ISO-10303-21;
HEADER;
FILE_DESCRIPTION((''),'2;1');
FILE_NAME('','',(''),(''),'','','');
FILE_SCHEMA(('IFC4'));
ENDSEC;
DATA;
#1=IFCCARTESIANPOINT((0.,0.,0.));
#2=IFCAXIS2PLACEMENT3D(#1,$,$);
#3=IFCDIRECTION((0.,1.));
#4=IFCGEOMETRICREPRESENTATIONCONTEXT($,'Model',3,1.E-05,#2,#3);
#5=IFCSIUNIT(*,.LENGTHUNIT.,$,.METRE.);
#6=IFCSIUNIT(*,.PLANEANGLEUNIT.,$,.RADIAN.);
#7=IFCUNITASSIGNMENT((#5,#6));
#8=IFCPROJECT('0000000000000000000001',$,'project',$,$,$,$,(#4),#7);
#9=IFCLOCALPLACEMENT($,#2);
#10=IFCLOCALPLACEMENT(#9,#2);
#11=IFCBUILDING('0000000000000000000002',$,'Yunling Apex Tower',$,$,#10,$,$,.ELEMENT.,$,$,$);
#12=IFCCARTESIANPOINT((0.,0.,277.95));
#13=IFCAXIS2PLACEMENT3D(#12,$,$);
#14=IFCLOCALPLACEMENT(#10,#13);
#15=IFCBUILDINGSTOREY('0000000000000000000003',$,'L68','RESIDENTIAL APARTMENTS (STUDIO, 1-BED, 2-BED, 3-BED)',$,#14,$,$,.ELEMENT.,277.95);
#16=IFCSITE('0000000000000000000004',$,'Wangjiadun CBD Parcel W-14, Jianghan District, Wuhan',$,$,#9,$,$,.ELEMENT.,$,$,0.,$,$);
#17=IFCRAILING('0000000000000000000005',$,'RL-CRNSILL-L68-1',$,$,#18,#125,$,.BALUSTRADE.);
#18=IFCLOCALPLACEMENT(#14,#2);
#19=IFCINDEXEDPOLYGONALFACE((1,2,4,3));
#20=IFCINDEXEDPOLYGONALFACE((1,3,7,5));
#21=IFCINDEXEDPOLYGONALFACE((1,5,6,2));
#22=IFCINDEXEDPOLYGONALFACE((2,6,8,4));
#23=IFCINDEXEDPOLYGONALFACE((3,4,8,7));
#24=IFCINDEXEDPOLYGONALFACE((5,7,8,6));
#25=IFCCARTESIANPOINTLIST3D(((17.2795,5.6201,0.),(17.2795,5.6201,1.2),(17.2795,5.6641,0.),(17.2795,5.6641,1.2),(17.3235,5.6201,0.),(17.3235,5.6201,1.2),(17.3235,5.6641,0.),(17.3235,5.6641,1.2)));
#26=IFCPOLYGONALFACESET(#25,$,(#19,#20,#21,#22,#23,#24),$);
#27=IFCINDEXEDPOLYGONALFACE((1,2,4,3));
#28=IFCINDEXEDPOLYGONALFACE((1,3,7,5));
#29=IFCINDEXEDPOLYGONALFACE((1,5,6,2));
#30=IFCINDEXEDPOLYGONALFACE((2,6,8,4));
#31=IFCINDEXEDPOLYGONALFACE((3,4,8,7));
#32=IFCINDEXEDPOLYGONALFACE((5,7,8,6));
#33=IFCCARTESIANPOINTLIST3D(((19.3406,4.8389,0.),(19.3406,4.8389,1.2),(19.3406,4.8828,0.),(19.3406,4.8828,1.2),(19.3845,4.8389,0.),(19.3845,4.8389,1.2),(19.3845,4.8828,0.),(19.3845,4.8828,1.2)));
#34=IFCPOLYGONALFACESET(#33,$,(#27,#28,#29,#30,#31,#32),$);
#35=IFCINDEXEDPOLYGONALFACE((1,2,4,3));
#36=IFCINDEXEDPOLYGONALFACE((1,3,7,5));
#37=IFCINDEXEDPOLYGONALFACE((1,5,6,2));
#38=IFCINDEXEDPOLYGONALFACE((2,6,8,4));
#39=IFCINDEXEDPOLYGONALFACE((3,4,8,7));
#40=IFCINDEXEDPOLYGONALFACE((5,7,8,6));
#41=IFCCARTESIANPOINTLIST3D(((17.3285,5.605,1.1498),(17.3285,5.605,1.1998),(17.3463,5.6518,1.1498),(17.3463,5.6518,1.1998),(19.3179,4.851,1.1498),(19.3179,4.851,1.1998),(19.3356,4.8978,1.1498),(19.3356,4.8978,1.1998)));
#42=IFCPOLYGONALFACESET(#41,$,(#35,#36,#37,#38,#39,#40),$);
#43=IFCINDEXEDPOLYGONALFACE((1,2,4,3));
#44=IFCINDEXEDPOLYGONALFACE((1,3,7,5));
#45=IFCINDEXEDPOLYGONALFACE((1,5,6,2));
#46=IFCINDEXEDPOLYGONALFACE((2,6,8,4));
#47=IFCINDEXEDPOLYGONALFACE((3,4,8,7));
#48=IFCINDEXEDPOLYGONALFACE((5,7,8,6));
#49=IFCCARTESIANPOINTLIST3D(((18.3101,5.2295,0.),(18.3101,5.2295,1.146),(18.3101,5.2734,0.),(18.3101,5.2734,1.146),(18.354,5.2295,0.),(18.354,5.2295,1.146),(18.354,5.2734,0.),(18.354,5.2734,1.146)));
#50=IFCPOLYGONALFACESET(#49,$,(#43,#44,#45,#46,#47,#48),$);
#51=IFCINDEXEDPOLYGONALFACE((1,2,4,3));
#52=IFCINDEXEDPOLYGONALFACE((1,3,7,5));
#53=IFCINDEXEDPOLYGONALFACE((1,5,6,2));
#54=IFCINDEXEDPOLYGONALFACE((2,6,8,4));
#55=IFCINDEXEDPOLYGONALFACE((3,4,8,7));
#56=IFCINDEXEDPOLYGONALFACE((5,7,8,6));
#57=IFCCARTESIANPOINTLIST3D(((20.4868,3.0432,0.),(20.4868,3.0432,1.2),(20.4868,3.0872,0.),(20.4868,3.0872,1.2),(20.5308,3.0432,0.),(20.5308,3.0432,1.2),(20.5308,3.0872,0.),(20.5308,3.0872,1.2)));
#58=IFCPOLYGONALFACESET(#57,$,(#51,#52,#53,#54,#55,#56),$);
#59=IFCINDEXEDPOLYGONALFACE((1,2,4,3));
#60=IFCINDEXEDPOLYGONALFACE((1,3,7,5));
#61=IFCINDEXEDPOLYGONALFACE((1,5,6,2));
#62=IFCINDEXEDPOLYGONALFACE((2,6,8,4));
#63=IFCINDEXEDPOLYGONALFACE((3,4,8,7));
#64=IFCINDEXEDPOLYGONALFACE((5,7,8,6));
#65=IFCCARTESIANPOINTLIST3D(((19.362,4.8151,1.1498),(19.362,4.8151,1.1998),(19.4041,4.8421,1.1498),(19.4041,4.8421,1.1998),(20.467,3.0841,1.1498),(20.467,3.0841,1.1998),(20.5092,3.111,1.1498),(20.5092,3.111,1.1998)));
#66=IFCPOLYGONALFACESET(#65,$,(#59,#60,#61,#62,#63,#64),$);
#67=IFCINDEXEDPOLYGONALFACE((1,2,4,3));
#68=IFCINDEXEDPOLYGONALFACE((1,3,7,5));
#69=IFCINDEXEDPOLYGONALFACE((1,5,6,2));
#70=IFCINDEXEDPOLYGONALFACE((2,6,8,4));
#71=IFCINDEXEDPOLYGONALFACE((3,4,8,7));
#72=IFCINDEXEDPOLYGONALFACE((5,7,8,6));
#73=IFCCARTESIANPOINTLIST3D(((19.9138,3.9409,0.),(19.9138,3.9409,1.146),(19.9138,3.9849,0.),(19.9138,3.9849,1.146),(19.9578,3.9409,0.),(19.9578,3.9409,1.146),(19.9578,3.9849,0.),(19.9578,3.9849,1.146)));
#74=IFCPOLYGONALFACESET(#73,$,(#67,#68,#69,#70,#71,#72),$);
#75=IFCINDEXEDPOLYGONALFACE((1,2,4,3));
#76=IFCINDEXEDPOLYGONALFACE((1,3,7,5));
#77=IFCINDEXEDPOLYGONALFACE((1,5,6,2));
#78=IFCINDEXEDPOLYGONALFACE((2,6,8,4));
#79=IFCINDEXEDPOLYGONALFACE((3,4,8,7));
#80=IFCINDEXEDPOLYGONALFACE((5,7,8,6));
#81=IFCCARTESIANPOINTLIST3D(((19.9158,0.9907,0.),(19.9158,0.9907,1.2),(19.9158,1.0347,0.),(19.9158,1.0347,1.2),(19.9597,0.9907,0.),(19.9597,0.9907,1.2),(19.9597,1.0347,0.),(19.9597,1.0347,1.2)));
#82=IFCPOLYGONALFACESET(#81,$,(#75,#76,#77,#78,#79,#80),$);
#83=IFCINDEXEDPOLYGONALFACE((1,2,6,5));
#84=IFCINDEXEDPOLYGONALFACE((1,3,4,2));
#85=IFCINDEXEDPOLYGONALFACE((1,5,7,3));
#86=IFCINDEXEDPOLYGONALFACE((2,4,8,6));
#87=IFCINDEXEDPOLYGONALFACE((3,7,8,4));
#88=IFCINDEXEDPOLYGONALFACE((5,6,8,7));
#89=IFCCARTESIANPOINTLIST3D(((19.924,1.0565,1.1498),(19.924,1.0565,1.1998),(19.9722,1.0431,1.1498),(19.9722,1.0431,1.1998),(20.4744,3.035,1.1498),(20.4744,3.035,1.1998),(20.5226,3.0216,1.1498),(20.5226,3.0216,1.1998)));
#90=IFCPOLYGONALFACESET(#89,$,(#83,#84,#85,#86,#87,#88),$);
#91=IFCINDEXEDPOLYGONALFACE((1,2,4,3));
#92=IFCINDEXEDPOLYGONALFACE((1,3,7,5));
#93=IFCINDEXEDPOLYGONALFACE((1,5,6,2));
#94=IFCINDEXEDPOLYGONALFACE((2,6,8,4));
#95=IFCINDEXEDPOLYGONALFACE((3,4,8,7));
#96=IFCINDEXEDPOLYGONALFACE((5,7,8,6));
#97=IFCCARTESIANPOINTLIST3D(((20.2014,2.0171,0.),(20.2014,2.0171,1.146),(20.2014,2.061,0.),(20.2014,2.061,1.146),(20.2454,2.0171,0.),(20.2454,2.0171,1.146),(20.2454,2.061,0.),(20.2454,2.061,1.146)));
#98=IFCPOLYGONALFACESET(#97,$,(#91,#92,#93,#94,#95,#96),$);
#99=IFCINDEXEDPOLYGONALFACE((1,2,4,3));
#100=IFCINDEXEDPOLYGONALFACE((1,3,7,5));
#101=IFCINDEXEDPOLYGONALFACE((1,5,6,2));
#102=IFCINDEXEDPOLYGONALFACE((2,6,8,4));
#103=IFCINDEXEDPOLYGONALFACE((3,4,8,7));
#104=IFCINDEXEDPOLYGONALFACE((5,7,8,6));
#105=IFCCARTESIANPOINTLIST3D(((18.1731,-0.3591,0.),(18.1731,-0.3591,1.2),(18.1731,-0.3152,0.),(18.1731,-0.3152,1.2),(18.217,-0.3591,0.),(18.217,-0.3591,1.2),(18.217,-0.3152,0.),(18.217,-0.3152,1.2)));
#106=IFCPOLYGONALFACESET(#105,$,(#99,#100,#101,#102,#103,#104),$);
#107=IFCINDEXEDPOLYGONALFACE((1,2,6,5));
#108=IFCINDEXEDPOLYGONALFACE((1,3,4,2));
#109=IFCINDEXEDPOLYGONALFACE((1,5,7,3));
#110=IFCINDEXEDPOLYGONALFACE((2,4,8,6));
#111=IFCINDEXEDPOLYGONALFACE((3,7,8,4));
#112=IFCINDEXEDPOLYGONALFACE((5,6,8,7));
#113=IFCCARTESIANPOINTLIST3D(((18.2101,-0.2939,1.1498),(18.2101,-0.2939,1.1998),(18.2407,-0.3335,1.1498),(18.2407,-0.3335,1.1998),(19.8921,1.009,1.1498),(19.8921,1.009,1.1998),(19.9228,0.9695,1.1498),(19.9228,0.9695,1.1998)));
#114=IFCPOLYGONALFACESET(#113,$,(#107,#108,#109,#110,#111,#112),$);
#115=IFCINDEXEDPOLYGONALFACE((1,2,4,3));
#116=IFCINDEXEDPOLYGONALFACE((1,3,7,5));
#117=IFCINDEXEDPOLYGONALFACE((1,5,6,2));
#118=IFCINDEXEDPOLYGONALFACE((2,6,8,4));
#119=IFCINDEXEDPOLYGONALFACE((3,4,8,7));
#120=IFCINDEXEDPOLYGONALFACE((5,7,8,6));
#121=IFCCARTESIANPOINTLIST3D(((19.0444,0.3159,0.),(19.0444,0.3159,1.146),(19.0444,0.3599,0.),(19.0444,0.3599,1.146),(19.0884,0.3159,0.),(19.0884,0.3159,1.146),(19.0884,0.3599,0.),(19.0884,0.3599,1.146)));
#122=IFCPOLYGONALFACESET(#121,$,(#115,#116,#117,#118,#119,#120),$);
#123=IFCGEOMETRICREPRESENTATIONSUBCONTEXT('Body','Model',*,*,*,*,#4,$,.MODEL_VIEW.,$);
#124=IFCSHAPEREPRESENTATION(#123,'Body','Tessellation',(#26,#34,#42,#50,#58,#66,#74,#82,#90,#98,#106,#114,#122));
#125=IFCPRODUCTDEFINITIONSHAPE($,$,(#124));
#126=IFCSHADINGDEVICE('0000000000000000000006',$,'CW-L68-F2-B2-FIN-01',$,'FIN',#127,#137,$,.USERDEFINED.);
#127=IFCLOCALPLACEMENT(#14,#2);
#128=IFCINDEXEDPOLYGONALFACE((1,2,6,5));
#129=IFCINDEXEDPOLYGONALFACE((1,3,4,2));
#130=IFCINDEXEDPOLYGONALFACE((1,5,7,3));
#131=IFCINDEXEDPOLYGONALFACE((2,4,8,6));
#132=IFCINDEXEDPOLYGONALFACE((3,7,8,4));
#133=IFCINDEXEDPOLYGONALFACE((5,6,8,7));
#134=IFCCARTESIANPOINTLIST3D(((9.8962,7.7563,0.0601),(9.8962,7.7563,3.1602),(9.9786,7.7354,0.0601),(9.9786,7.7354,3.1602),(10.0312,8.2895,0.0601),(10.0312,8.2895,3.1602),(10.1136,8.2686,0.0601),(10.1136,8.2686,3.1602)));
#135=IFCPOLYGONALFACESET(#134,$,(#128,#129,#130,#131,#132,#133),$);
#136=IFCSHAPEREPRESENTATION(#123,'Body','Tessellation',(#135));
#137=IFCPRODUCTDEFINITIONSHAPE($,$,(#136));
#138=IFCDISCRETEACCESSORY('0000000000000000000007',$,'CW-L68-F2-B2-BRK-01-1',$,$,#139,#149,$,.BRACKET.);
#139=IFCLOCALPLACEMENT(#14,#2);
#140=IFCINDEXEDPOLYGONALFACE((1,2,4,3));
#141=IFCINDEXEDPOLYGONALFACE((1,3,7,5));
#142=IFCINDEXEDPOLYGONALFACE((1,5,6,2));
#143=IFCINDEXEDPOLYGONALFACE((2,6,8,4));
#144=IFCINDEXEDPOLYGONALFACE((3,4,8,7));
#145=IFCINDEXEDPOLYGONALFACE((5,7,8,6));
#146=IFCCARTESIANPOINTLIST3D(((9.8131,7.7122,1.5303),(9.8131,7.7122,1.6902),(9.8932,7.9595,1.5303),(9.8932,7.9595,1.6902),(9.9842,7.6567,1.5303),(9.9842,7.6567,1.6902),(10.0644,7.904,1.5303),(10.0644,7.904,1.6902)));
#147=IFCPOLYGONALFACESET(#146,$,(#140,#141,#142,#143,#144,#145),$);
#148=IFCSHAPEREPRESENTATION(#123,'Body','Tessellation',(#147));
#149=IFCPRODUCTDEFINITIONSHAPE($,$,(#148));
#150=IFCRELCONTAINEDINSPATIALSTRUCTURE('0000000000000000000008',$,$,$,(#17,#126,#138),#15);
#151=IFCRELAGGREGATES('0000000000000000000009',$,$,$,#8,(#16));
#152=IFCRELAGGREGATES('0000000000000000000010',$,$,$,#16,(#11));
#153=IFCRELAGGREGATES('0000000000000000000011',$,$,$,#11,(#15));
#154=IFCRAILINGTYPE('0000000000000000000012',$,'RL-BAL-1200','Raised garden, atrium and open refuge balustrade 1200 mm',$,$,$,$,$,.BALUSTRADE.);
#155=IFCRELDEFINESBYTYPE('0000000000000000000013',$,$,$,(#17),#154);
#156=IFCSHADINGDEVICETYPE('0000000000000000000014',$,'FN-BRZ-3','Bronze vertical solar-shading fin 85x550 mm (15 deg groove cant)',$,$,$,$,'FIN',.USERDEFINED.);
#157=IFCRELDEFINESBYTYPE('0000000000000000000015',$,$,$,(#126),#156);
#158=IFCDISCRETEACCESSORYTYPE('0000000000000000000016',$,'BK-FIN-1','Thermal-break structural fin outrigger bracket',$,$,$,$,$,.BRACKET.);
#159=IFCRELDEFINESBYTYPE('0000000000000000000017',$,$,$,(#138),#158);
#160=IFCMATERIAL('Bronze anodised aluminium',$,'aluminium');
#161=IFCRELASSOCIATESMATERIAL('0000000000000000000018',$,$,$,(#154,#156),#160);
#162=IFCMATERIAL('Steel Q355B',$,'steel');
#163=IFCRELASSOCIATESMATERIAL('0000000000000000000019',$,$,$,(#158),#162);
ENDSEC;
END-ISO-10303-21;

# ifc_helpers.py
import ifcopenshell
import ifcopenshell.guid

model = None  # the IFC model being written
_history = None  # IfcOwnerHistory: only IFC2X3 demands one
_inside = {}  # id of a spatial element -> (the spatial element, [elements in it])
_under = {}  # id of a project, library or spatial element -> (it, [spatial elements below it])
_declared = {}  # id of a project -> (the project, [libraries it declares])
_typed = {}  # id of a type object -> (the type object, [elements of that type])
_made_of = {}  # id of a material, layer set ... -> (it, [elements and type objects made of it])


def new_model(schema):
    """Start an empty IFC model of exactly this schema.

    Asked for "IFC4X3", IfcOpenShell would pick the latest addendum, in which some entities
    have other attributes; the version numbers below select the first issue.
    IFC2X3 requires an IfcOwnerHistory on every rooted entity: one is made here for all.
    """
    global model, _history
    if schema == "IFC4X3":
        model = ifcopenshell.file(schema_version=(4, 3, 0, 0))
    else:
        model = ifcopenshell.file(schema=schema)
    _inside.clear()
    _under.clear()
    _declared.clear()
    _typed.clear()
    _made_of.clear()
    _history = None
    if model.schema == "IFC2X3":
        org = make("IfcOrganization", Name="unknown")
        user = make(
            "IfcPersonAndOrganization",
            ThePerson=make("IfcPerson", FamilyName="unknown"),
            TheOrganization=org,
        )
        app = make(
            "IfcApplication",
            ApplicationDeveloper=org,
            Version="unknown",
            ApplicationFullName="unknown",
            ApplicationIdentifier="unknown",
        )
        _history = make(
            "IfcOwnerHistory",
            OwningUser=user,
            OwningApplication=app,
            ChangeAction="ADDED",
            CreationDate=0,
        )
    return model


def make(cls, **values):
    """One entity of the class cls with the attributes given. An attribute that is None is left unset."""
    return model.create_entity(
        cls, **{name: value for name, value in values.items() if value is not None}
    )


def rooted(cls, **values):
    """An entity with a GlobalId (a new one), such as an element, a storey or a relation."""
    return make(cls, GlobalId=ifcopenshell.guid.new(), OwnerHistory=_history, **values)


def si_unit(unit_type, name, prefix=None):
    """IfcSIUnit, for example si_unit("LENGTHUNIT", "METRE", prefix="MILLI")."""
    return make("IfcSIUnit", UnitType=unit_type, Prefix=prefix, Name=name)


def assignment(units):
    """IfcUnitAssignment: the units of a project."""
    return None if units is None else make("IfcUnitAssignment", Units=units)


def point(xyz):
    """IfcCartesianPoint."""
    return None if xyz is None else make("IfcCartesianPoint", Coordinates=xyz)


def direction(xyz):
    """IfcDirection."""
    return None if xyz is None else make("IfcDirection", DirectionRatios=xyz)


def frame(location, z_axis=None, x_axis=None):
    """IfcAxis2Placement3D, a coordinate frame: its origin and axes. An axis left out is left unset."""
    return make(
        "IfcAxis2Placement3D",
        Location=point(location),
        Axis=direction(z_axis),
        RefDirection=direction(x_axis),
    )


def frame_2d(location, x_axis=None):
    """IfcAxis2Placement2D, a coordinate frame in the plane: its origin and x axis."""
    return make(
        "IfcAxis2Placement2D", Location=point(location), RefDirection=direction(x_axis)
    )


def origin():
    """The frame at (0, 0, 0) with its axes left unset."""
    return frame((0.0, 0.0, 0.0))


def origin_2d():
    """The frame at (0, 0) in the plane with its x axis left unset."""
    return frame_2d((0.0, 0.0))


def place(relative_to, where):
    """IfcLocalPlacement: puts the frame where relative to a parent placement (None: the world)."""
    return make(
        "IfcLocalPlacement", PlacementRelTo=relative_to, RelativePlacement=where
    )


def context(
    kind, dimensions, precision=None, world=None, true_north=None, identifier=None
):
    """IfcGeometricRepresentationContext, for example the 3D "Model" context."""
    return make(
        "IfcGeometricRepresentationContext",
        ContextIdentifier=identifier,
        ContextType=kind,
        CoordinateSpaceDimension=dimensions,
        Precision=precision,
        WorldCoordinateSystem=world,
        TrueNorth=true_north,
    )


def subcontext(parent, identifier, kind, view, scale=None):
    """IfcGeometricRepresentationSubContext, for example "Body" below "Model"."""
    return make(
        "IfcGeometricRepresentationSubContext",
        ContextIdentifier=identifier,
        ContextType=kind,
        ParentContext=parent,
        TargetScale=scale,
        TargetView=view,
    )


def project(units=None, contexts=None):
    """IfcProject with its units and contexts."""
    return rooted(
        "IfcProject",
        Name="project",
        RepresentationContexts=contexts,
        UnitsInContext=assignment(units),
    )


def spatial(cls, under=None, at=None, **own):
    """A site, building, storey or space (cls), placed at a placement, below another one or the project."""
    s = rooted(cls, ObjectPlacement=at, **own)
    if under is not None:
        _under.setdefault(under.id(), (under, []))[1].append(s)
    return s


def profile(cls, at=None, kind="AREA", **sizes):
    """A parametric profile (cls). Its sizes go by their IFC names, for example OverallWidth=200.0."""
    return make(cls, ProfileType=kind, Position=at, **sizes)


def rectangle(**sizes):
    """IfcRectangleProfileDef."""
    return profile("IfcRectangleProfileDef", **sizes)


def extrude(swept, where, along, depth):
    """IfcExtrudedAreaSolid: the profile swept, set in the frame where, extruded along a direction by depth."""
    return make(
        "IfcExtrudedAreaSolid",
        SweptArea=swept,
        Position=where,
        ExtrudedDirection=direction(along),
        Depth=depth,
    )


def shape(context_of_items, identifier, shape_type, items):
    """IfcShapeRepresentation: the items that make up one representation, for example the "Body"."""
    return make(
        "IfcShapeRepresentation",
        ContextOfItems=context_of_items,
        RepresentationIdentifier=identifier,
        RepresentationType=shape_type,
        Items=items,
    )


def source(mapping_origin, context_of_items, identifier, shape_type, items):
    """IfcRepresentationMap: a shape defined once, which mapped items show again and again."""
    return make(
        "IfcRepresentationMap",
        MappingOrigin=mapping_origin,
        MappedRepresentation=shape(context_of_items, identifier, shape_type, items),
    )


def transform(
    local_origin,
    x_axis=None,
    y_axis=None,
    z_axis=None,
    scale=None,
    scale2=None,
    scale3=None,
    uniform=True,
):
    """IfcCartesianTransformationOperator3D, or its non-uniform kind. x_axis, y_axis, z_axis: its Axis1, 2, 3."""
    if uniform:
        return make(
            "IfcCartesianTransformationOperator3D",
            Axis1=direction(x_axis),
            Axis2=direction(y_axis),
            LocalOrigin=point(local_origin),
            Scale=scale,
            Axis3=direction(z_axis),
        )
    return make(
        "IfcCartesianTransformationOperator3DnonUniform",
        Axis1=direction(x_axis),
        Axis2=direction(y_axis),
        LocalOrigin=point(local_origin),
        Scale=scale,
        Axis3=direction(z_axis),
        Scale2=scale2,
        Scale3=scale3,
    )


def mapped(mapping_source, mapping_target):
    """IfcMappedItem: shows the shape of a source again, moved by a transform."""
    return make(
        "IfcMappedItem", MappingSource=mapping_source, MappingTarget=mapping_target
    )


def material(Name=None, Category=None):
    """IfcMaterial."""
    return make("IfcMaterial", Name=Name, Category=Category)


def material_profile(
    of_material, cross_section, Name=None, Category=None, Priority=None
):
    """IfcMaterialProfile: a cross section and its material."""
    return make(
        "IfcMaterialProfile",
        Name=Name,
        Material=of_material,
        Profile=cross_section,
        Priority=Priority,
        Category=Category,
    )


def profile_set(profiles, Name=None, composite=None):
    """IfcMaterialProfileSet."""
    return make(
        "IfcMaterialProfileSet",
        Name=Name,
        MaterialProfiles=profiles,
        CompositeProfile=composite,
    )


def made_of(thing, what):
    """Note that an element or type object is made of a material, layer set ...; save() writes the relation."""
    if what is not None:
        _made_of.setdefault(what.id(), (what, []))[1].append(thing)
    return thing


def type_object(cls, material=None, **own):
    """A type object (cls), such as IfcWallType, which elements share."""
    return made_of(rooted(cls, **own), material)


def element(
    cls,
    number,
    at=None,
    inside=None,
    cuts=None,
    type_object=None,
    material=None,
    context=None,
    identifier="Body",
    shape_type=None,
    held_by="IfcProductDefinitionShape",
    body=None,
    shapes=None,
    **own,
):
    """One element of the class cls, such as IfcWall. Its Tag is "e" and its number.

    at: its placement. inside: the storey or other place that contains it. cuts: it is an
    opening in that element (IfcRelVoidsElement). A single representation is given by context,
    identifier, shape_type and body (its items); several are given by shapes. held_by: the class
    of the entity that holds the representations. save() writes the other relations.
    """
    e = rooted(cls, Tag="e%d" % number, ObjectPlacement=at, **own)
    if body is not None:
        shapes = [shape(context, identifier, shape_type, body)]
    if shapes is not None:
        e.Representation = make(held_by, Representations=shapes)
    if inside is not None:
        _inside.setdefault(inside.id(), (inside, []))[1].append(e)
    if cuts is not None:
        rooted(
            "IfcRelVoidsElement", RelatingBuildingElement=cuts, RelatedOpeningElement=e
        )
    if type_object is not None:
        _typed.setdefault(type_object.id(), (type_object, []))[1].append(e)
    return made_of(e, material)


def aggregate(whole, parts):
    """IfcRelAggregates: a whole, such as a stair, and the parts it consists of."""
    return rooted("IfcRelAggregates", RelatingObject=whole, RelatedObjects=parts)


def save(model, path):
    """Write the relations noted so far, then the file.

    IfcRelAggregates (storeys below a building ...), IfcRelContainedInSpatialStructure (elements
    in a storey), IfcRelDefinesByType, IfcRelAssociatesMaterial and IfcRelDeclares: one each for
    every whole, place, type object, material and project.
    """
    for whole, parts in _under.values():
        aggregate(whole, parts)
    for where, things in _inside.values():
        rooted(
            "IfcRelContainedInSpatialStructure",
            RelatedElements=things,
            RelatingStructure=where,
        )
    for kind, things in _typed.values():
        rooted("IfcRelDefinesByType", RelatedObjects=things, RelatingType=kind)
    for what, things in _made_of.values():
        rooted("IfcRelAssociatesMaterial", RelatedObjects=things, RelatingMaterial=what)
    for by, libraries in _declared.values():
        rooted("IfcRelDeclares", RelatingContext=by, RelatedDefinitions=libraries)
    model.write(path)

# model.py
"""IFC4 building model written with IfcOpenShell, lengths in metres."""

from ifc_helpers import new_model, si_unit, direction, frame, origin, origin_2d, place, context, subcontext, project, spatial, rectangle, extrude, source, transform, mapped, material, material_profile, profile_set, type_object, element, save


model = new_model("IFC4")

# Units and contexts
model_context = context("Model", 3, precision=1e-05, world=origin(), true_north=direction((0.0, 1.0)))
body_context = subcontext(model_context, "Body", "Model", "MODEL_VIEW")
ifc_project = project(units=[si_unit("LENGTHUNIT", "METRE"), si_unit("PLANEANGLEUNIT", "RADIAN")], contexts=[model_context])

# Site, building, storey
site_placement = place(None, origin())
site = spatial("IfcSite", under=ifc_project, at=site_placement, Name="Wangjiadun CBD Parcel W-14, Jianghan District, Wuhan", CompositionType="ELEMENT", RefElevation=0.0)
building_placement = place(site_placement, origin())
building = spatial("IfcBuilding", under=site, at=building_placement, Name="Yunling Apex Tower", CompositionType="ELEMENT")
storey_placement = place(building_placement, frame((0.0, 0.0, 277.95)))
storey = spatial("IfcBuildingStorey", under=building, at=storey_placement, Name="L68", Description="RESIDENTIAL APARTMENTS (STUDIO, 1-BED, 2-BED, 3-BED)", CompositionType="ELEMENT", Elevation=277.95)

# Shared definitions
ifc_material_1 = material(Name="Steel Q355B", Category="steel")

# Shared definitions
ifc_material_2 = material(Name="Bronze anodised aluminium", Category="aluminium")

# Railing
railing_type = type_object("IfcRailingType", Name="RL-BAL-1200", Description="Raised garden, atrium and open refuge balustrade 1200 mm", PredefinedType="BALUSTRADE", material=ifc_material_2)
railing_placement = place(storey_placement, frame((17.3015, 5.6421, 0.0)))
element("IfcRailing", 1, at=railing_placement, inside=storey, type_object=railing_type, Name="RL-CRNSILL-L68-1", PredefinedType="BALUSTRADE", context=body_context, shape_type="SweptSolid", body=[
    extrude(rectangle(XDim=0.0439, YDim=0.0439, at=origin_2d()), origin(), (0.0, 0.0, 1.0), 1.2),
    extrude(rectangle(XDim=0.0439, YDim=0.0439, at=origin_2d()), frame((2.061, -0.7812, 0.0)), (0.0, 0.0, 1.0), 1.2),
    extrude(rectangle(XDim=0.05, YDim=0.05, at=origin_2d()), frame((0.0359, -0.0137, 1.1748), z_axis=(0.935076, -0.354447, 0.0), x_axis=(0.354447, 0.935076, 0.0)), (0.0, 0.0, 1.0), 2.1274),
    extrude(rectangle(XDim=0.0439, YDim=0.0439, at=origin_2d()), frame((1.0305, -0.3906, 0.0)), (0.0, 0.0, 1.0), 1.146),
    extrude(rectangle(XDim=0.0439, YDim=0.0439, at=origin_2d()), frame((3.2073, -2.5769, 0.0)), (0.0, 0.0, 1.0), 1.2),
    extrude(rectangle(XDim=0.05, YDim=0.05, at=origin_2d()), frame((2.0815, -0.8135, 1.1748), z_axis=(0.538061, -0.842906, 0.0), x_axis=(0.842906, 0.538061, 0.0)), (0.0, 0.0, 1.0), 2.0537),
    extrude(rectangle(XDim=0.0439, YDim=0.0439, at=origin_2d()), frame((2.6343, -1.6792, 0.0)), (0.0, 0.0, 1.0), 1.146),
    extrude(rectangle(XDim=0.0439, YDim=0.0439, at=origin_2d()), frame((2.6362, -4.6294, 0.0)), (0.0, 0.0, 1.0), 1.2),
    extrude(rectangle(XDim=0.05, YDim=0.05, at=origin_2d()), frame((3.197, -2.6138, 1.1748), z_axis=(-0.26804, -0.963408, 0.0), x_axis=(0.963408, -0.26804, 0.0)), (0.0, 0.0, 1.0), 2.0537),
    extrude(rectangle(XDim=0.0439, YDim=0.0439, at=origin_2d()), frame((2.9219, -3.603, 0.0)), (0.0, 0.0, 1.0), 1.146),
    extrude(rectangle(XDim=0.0439, YDim=0.0439, at=origin_2d()), frame((0.8936, -5.9792, 0.0)), (0.0, 0.0, 1.0), 1.2),
    extrude(rectangle(XDim=0.05, YDim=0.05, at=origin_2d()), frame((2.606, -4.6528, 1.1748), z_axis=(-0.790573, -0.612368, 0.0), x_axis=(0.612368, -0.790573, 0.0)), (0.0, 0.0, 1.0), 2.1277),
    extrude(rectangle(XDim=0.0439, YDim=0.0439, at=origin_2d()), frame((1.7649, -5.3042, 0.0)), (0.0, 0.0, 1.0), 1.146),
])

# Shading device
ifc_material_profile_1 = material_profile(ifc_material_2, rectangle(XDim=0.085, YDim=0.55, at=origin_2d()))
ifc_profile_set_1 = profile_set([ifc_material_profile_1], Name="Bronze anodised aluminium")
shading_device_type = type_object("IfcShadingDeviceType", Name="FN-BRZ-3", Description="Bronze vertical solar-shading fin 85x550 mm (15 deg groove cant)", ElementType="FIN", PredefinedType="USERDEFINED", material=ifc_profile_set_1)
shared_shape_1 = source(origin(), body_context, "Body", "SweptSolid", [
    extrude(rectangle(XDim=0.085, YDim=0.55, at=origin_2d()), origin(), (0.0, 0.0, 1.0), 3.1001),
])
shading_device_placement = place(storey_placement, frame((10.0049, 8.0125, 0.0601), z_axis=(0.0, 0.0, 1.0), x_axis=(-0.969403, 0.245477, 0.0)))
element("IfcShadingDevice", 2, at=shading_device_placement, inside=storey, type_object=shading_device_type, Name="CW-L68-F2-B2-FIN-01", ObjectType="FIN", PredefinedType="USERDEFINED", context=body_context, shape_type="MappedRepresentation", body=[
    mapped(shared_shape_1, transform((0.0, 0.0, 0.0), scale=1.0)),
])

# Discrete accessory
discrete_accessory_type = type_object("IfcDiscreteAccessoryType", Name="BK-FIN-1", Description="Thermal-break structural fin outrigger bracket", PredefinedType="BRACKET", material=ifc_material_1)
shared_shape_2 = source(origin(), body_context, "Body", "SweptSolid", [
    extrude(rectangle(XDim=0.1799, YDim=0.26, at=origin_2d()), origin(), (0.0, 0.0, 1.0), 0.1599),
])
discrete_accessory_placement = place(storey_placement, frame((9.9387, 7.8081, 1.5303), z_axis=(0.0, 0.0, 1.0), x_axis=(-0.951272, 0.308353, 0.0)))
element("IfcDiscreteAccessory", 3, at=discrete_accessory_placement, inside=storey, type_object=discrete_accessory_type, Name="CW-L68-F2-B2-BRK-01-1", PredefinedType="BRACKET", context=body_context, shape_type="MappedRepresentation", body=[
    mapped(shared_shape_2, transform((0.0, 0.0, 0.0), scale=1.0)),
])

save(model, "model.ifc")
